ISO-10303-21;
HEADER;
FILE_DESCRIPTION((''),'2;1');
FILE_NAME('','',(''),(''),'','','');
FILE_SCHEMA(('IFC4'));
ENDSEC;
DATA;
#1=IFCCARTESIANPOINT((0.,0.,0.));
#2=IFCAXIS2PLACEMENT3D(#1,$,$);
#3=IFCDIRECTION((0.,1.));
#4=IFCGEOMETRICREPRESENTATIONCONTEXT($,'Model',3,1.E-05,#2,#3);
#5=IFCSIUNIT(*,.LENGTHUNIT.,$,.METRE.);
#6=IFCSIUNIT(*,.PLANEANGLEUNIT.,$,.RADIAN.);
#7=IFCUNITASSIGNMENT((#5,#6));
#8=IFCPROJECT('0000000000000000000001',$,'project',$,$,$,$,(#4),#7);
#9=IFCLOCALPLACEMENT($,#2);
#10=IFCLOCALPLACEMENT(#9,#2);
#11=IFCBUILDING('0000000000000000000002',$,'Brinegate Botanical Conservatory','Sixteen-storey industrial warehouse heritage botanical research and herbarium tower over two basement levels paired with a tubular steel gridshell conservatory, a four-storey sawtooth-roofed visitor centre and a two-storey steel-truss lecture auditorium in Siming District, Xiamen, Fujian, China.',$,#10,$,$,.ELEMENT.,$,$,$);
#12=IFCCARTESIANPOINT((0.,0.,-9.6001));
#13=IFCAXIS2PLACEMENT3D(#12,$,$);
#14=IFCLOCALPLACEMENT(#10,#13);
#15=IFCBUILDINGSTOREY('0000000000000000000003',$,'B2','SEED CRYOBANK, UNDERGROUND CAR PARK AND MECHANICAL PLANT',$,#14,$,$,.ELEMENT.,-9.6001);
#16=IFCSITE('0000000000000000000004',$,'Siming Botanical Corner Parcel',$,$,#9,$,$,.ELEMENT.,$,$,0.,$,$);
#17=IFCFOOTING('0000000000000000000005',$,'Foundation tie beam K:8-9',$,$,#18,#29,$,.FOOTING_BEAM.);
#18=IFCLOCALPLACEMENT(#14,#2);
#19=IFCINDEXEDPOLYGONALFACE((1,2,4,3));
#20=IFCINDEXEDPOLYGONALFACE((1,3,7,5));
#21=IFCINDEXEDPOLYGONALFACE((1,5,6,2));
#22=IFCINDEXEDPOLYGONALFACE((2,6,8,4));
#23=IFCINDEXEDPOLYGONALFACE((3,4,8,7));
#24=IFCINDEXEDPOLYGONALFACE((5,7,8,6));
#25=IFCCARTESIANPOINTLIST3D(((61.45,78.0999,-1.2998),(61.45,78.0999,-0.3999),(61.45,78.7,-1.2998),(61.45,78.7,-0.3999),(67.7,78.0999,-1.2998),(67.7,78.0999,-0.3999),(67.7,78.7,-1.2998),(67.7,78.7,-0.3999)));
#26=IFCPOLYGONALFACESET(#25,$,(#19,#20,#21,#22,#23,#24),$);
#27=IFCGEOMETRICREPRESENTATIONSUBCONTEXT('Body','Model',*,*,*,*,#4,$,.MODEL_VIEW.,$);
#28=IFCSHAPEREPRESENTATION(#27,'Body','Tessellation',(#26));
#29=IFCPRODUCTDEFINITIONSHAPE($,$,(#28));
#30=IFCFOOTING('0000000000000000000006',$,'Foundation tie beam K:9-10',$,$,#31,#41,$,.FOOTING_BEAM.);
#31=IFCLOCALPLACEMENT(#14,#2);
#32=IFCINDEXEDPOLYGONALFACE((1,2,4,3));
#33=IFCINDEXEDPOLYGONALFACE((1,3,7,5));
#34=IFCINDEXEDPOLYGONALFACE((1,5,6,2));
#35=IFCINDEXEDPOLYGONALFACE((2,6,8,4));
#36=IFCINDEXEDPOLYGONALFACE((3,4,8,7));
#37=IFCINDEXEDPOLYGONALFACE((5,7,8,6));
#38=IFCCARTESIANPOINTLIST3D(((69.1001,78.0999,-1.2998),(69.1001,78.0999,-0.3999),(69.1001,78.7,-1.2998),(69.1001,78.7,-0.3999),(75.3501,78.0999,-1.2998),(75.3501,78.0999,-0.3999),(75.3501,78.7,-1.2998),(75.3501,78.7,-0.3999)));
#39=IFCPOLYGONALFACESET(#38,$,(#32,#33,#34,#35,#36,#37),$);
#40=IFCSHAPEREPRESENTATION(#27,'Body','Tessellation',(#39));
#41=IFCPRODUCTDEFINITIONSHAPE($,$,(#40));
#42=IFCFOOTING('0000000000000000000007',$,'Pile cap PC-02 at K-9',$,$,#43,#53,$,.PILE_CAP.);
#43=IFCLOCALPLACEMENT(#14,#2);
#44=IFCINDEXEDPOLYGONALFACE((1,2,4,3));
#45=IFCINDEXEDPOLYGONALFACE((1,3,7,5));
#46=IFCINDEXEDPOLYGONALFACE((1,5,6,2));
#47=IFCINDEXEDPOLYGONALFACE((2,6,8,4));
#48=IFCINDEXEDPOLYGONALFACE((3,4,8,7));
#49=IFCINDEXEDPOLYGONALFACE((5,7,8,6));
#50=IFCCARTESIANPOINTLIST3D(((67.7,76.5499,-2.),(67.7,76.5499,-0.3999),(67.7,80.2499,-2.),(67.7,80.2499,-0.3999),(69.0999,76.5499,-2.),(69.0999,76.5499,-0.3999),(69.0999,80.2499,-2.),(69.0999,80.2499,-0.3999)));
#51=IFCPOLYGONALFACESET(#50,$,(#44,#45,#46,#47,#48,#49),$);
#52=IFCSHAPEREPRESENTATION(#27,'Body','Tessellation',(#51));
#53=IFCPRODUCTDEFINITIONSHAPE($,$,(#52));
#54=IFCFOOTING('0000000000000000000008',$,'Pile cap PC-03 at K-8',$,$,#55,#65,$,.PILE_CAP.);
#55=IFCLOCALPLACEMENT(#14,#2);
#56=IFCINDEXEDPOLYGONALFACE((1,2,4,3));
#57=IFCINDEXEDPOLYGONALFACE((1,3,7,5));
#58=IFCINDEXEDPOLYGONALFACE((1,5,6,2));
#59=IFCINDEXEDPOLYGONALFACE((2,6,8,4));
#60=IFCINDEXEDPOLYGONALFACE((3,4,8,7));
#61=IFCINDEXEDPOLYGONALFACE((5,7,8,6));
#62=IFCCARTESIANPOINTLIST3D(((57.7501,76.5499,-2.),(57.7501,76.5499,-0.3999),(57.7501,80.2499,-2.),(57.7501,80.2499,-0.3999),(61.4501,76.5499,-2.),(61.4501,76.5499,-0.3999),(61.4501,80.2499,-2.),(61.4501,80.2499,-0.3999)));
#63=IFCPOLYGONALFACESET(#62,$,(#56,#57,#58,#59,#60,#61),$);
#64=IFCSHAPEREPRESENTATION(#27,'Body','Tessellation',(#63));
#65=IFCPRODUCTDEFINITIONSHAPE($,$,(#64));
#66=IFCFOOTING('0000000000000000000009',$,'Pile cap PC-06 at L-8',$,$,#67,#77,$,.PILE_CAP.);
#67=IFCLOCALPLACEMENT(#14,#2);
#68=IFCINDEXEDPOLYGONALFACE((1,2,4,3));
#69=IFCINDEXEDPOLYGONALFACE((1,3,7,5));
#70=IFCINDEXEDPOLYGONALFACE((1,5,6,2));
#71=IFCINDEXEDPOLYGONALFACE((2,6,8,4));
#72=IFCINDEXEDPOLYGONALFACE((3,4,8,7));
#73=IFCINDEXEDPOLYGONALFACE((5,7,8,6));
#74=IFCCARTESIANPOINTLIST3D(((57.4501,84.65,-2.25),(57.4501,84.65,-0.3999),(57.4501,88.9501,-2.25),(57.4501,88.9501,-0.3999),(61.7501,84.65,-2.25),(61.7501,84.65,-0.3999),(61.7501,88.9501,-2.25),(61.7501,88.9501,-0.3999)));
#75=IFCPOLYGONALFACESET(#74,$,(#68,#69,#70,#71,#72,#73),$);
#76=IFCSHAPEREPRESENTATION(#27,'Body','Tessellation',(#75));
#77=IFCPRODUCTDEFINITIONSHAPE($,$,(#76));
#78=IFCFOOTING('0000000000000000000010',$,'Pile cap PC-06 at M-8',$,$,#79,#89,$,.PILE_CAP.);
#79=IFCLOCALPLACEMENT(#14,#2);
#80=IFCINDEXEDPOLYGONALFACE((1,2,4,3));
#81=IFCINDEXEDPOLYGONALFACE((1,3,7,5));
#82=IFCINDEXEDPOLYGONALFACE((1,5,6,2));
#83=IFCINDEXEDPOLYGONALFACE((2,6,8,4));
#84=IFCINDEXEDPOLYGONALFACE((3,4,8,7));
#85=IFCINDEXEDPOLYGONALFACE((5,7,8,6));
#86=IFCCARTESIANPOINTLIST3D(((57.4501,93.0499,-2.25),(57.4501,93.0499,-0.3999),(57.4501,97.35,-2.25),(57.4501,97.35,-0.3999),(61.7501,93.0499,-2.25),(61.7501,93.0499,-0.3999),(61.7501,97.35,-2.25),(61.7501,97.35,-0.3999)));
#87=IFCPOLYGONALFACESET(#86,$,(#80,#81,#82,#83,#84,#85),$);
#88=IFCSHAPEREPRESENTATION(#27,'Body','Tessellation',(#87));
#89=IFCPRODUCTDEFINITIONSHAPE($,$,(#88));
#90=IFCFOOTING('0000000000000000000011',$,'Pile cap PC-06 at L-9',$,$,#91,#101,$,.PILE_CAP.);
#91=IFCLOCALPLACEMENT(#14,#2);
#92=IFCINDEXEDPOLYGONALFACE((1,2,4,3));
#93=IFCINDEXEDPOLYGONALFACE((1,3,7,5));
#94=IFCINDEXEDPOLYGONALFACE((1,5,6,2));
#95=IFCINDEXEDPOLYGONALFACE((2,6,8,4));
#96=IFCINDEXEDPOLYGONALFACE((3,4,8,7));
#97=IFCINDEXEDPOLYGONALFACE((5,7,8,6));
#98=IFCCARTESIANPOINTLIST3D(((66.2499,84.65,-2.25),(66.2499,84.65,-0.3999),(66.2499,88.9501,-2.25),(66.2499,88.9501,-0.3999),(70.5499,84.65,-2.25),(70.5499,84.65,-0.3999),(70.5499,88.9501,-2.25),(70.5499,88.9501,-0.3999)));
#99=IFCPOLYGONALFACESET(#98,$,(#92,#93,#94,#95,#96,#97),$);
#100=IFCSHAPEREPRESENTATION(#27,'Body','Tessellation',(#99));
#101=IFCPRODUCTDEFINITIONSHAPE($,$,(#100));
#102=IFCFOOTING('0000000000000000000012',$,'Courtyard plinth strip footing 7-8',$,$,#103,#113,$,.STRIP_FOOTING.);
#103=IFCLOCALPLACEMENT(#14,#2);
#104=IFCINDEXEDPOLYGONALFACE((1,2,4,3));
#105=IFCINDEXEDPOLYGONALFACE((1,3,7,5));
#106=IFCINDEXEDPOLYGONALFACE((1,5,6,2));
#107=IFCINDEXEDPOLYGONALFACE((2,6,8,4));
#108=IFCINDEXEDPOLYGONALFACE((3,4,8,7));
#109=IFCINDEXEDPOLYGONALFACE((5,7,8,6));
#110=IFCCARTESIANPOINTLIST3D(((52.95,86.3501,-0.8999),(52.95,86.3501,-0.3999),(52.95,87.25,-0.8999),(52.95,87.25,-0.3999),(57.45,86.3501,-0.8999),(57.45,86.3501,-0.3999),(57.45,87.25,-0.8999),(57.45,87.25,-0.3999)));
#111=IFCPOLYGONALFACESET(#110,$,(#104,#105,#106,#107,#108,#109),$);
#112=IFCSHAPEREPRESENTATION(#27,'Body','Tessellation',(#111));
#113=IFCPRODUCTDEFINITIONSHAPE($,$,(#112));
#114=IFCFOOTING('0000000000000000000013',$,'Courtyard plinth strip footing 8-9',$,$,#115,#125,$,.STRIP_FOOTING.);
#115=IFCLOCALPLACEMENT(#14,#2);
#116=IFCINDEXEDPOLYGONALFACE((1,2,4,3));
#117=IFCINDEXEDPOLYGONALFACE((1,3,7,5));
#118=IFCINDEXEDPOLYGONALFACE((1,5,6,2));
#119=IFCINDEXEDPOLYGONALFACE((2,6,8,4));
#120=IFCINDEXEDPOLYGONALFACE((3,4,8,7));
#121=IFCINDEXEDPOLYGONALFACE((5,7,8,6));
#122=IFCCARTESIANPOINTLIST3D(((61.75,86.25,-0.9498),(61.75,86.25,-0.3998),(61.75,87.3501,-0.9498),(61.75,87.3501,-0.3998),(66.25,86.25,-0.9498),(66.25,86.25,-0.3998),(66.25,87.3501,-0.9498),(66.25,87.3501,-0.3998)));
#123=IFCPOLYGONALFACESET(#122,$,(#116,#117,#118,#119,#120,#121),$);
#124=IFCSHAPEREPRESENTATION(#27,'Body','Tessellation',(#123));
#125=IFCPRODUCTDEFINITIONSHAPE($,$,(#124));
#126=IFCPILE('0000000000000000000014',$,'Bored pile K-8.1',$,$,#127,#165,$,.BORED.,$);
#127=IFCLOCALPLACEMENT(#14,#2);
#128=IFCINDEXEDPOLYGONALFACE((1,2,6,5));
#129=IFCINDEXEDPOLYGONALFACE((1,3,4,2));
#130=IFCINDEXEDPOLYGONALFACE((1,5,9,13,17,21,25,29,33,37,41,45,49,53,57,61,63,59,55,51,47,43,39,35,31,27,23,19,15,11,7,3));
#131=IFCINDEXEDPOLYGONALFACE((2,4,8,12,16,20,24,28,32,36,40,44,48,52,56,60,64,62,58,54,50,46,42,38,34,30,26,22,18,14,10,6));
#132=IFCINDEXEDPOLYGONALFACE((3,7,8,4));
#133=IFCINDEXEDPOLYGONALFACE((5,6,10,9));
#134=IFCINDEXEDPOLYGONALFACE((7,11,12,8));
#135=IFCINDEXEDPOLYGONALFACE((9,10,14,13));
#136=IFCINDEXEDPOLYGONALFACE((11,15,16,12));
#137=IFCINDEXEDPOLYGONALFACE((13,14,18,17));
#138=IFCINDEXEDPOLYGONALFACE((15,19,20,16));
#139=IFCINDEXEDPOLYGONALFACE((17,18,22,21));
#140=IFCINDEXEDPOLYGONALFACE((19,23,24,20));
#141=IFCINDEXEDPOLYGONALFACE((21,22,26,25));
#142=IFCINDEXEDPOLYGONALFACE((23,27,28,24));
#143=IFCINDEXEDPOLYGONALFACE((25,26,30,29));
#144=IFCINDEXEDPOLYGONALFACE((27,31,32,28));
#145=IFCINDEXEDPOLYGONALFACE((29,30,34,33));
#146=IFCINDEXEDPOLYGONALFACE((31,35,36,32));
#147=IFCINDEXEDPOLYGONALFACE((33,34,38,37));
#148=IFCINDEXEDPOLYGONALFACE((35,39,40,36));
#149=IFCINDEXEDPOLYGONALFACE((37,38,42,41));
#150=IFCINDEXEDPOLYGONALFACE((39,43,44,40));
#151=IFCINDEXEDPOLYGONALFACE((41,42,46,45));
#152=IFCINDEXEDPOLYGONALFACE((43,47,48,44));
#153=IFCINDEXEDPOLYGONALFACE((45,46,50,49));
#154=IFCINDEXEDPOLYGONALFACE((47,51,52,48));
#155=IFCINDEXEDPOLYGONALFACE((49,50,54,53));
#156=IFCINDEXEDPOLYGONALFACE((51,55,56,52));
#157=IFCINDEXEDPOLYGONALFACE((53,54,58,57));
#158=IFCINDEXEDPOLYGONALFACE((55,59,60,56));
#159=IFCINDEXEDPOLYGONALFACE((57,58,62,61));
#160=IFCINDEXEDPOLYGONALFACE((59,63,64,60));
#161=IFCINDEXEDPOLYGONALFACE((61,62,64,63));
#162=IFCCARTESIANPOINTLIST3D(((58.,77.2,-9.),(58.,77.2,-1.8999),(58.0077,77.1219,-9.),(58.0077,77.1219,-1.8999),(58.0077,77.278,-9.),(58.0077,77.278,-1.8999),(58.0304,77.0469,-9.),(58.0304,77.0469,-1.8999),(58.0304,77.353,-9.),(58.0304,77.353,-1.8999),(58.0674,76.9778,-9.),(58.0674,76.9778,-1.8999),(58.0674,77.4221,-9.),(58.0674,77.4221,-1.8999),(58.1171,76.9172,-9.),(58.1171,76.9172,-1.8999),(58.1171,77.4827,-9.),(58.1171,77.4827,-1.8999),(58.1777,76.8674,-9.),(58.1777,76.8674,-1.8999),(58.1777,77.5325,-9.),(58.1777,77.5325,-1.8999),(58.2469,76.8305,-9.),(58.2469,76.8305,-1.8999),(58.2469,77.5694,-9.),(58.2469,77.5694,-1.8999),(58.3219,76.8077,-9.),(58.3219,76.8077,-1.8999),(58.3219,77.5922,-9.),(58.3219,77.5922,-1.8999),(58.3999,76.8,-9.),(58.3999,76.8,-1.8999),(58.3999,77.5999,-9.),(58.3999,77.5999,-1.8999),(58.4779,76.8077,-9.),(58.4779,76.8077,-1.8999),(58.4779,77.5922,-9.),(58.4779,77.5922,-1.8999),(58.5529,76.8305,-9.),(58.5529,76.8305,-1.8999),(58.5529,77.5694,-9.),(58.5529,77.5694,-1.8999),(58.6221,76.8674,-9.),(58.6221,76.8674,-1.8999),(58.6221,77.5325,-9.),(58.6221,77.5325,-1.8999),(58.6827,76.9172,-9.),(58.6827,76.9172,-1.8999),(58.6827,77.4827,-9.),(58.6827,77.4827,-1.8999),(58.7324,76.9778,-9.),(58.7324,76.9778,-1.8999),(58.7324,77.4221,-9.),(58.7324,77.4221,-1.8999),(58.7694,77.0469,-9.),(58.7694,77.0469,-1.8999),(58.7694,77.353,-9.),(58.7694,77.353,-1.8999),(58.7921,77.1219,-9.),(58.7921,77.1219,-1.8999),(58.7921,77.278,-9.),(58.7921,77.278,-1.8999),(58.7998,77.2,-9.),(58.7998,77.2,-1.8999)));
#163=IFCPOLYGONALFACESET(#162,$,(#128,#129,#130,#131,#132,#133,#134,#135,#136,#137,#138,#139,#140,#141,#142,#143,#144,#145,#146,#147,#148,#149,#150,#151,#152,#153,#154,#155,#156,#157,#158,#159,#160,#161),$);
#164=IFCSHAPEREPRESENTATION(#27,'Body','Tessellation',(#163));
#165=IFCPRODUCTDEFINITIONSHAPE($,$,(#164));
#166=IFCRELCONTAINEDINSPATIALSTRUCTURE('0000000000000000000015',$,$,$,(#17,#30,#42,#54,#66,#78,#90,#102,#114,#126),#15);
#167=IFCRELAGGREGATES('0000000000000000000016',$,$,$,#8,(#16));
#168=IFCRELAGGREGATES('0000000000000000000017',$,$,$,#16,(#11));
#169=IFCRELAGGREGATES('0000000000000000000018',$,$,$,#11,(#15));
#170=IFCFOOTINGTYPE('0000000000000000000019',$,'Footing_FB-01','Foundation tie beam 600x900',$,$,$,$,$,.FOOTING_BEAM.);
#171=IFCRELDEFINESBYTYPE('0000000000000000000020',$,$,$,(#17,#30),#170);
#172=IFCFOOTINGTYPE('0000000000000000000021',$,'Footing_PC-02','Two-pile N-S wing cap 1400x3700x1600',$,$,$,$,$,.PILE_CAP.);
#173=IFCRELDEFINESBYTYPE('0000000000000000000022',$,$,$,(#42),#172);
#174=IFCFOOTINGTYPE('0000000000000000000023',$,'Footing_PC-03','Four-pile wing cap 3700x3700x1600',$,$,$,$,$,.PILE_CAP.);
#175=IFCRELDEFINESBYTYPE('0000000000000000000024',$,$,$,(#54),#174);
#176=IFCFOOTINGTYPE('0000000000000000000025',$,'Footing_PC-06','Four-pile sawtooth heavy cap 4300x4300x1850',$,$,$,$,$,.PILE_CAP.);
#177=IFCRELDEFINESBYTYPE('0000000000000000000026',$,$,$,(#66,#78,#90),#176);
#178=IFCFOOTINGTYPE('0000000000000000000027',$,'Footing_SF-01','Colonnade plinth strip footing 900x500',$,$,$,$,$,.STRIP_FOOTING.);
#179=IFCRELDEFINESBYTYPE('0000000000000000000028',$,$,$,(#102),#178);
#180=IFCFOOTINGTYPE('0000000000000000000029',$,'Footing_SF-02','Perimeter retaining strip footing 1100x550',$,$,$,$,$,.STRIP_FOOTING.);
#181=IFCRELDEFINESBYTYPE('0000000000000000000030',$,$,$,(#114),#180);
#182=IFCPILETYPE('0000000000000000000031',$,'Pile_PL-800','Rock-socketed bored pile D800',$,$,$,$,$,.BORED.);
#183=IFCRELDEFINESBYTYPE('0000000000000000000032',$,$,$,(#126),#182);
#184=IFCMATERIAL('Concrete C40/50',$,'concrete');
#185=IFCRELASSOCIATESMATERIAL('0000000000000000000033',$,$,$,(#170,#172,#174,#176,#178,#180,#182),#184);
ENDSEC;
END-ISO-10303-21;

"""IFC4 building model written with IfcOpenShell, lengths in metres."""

from ifc_helpers import new_model, si_unit, direction, frame, origin, origin_2d, place, context, subcontext, project, spatial, rectangle, circle, extrude, material, material_profile, profile_set, type_object, element, save


model = new_model("IFC4")

# Units and contexts
model_context = context("Model", 3, precision=1e-05, world=origin(), true_north=direction((0.0, 1.0)))
body_context = subcontext(model_context, "Body", "Model", "MODEL_VIEW")
ifc_project = project(units=[si_unit("LENGTHUNIT", "METRE"), si_unit("PLANEANGLEUNIT", "RADIAN")], contexts=[model_context])

# Site, building, storey
site_placement = place(None, origin())
site = spatial("IfcSite", under=ifc_project, at=site_placement, Name="Siming Botanical Corner Parcel", CompositionType="ELEMENT", RefElevation=0.0)
building_placement = place(site_placement, origin())
building = spatial("IfcBuilding", under=site, at=building_placement, Name="Brinegate Botanical Conservatory", Description="Sixteen-storey industrial warehouse heritage botanical research and herbarium tower over two basement levels paired with a tubular steel gridshell conservatory, a four-storey sawtooth-roofed visitor centre and a two-storey steel-truss lecture auditorium in Siming District, Xiamen, Fujian, China.", CompositionType="ELEMENT")
storey_placement = place(building_placement, frame((0.0, 0.0, -9.6001)))
storey = spatial("IfcBuildingStorey", under=building, at=storey_placement, Name="B2", Description="SEED CRYOBANK, UNDERGROUND CAR PARK AND MECHANICAL PLANT", CompositionType="ELEMENT", Elevation=-9.6001)

# Footings
ifc_material = material(Name="Concrete C40/50", Category="concrete")
ifc_material_profile_1 = material_profile(ifc_material, rectangle(XDim=0.6001, YDim=0.8999, at=origin_2d()), Name="RC GB 600x900")
ifc_profile_set_1 = profile_set([ifc_material_profile_1], Name="Concrete C40/50")
footing_type_1 = type_object("IfcFootingType", Name="Footing_FB-01", Description="Foundation tie beam 600x900", PredefinedType="FOOTING_BEAM", material=ifc_profile_set_1)
for number, where, z_axis, x_axis, name in (
    (1, (61.45, 78.3999, -0.8499), (1.0, 0.0, 0.0), (0.0, 1.0, 0.0), "Foundation tie beam K:8-9"),
    (2, (69.1001, 78.3999, -0.8499), (1.0, 0.0, 0.0), (0.0, 1.0, 0.0), "Foundation tie beam K:9-10"),
):
    element("IfcFooting", number, at=place(storey_placement, frame(where, z_axis=z_axis, x_axis=x_axis)), inside=storey, type_object=footing_type_1, Name=name, PredefinedType="FOOTING_BEAM", context=body_context, shape_type="SweptSolid", body=[
        extrude(rectangle(XDim=0.6001, YDim=0.8999, at=origin_2d()), origin(), (0.0, 0.0, 1.0), 6.25),
    ])
footing_type_2 = type_object("IfcFootingType", Name="Footing_PC-02", Description="Two-pile N-S wing cap 1400x3700x1600", PredefinedType="PILE_CAP", material=ifc_material)
footing_1_placement = place(storey_placement, frame((68.3999, 78.3999, -2.0), z_axis=(0.0, 0.0, 1.0), x_axis=(1.0, 0.0, 0.0)))
element("IfcFooting", 3, at=footing_1_placement, inside=storey, type_object=footing_type_2, Name="Pile cap PC-02 at K-9", PredefinedType="PILE_CAP", context=body_context, shape_type="SweptSolid", body=[
    extrude(rectangle(XDim=1.3999, YDim=3.7, at=origin_2d()), origin(), (0.0, 0.0, 1.0), 1.6001),
])
footing_type_3 = type_object("IfcFootingType", Name="Footing_PC-03", Description="Four-pile wing cap 3700x3700x1600", PredefinedType="PILE_CAP", material=ifc_material)
footing_2_placement = place(storey_placement, frame((59.6001, 78.3999, -2.0), z_axis=(0.0, 0.0, 1.0), x_axis=(1.0, 0.0, 0.0)))
element("IfcFooting", 4, at=footing_2_placement, inside=storey, type_object=footing_type_3, Name="Pile cap PC-03 at K-8", PredefinedType="PILE_CAP", context=body_context, shape_type="SweptSolid", body=[
    extrude(rectangle(XDim=3.7, YDim=3.7, at=origin_2d()), origin(), (0.0, 0.0, 1.0), 1.6001),
])
footing_type_4 = type_object("IfcFootingType", Name="Footing_PC-06", Description="Four-pile sawtooth heavy cap 4300x4300x1850", PredefinedType="PILE_CAP", material=ifc_material)
for number, where, z_axis, x_axis, name in (
    (5, (59.6001, 86.8, -2.25), (0.0, 0.0, 1.0), (1.0, 0.0, 0.0), "Pile cap PC-06 at L-8"),
    (6, (59.6001, 95.2, -2.25), (0.0, 0.0, 1.0), (1.0, 0.0, 0.0), "Pile cap PC-06 at M-8"),
    (7, (68.3999, 86.8, -2.25), (0.0, 0.0, 1.0), (1.0, 0.0, 0.0), "Pile cap PC-06 at L-9"),
):
    element("IfcFooting", number, at=place(storey_placement, frame(where, z_axis=z_axis, x_axis=x_axis)), inside=storey, type_object=footing_type_4, Name=name, PredefinedType="PILE_CAP", context=body_context, shape_type="SweptSolid", body=[
        extrude(rectangle(XDim=4.3, YDim=4.3, at=origin_2d()), origin(), (0.0, 0.0, 1.0), 1.8501),
    ])
ifc_material_profile_2 = material_profile(ifc_material, rectangle(XDim=0.8999, YDim=0.5, at=origin_2d()), Name="RC SF 900x500")
ifc_profile_set_2 = profile_set([ifc_material_profile_2], Name="Concrete C40/50")
footing_type_5 = type_object("IfcFootingType", Name="Footing_SF-01", Description="Colonnade plinth strip footing 900x500", PredefinedType="STRIP_FOOTING", material=ifc_profile_set_2)
footing_3_placement = place(storey_placement, frame((52.95, 86.8, -0.6499), z_axis=(1.0, 0.0, 0.0), x_axis=(0.0, 1.0, 0.0)))
element("IfcFooting", 8, at=footing_3_placement, inside=storey, type_object=footing_type_5, Name="Courtyard plinth strip footing 7-8", PredefinedType="STRIP_FOOTING", context=body_context, shape_type="SweptSolid", body=[
    extrude(rectangle(XDim=0.8999, YDim=0.5, at=origin_2d()), origin(), (0.0, 0.0, 1.0), 4.5),
])
ifc_material_profile_3 = material_profile(ifc_material, rectangle(XDim=1.1001, YDim=0.55, at=origin_2d()), Name="RC SF 1100x550")
ifc_profile_set_3 = profile_set([ifc_material_profile_3], Name="Concrete C40/50")
footing_type_6 = type_object("IfcFootingType", Name="Footing_SF-02", Description="Perimeter retaining strip footing 1100x550", PredefinedType="STRIP_FOOTING", material=ifc_profile_set_3)
footing_4_placement = place(storey_placement, frame((61.75, 86.8, -0.6748), z_axis=(1.0, 0.0, 0.0), x_axis=(0.0, 1.0, 0.0)))
element("IfcFooting", 9, at=footing_4_placement, inside=storey, type_object=footing_type_6, Name="Courtyard plinth strip footing 8-9", PredefinedType="STRIP_FOOTING", context=body_context, shape_type="SweptSolid", body=[
    extrude(rectangle(XDim=1.1001, YDim=0.55, at=origin_2d()), origin(), (0.0, 0.0, 1.0), 4.5),
])

# Pile
ifc_material_profile_4 = material_profile(ifc_material, circle(Radius=0.3999, at=origin_2d()), Name="PILE D800")
ifc_profile_set_4 = profile_set([ifc_material_profile_4], Name="Concrete C40/50")
pile_type = type_object("IfcPileType", Name="Pile_PL-800", Description="Rock-socketed bored pile D800", PredefinedType="BORED", material=ifc_profile_set_4)
for number, where, z_axis, x_axis, name in (
    (10, (58.3999, 77.2, -1.8999), (0.0, 0.0, -1.0), (1.0, 0.0, 0.0), "Bored pile K-8.1"),
):
    element("IfcPile", number, at=place(storey_placement, frame(where, z_axis=z_axis, x_axis=x_axis)), inside=storey, type_object=pile_type, Name=name, PredefinedType="BORED", context=body_context, shape_type="SweptSolid", body=[
        extrude(circle(Radius=0.3999, at=origin_2d()), origin(), (0.0, 0.0, 1.0), 7.1001),
    ])

save(model, "model.ifc")
